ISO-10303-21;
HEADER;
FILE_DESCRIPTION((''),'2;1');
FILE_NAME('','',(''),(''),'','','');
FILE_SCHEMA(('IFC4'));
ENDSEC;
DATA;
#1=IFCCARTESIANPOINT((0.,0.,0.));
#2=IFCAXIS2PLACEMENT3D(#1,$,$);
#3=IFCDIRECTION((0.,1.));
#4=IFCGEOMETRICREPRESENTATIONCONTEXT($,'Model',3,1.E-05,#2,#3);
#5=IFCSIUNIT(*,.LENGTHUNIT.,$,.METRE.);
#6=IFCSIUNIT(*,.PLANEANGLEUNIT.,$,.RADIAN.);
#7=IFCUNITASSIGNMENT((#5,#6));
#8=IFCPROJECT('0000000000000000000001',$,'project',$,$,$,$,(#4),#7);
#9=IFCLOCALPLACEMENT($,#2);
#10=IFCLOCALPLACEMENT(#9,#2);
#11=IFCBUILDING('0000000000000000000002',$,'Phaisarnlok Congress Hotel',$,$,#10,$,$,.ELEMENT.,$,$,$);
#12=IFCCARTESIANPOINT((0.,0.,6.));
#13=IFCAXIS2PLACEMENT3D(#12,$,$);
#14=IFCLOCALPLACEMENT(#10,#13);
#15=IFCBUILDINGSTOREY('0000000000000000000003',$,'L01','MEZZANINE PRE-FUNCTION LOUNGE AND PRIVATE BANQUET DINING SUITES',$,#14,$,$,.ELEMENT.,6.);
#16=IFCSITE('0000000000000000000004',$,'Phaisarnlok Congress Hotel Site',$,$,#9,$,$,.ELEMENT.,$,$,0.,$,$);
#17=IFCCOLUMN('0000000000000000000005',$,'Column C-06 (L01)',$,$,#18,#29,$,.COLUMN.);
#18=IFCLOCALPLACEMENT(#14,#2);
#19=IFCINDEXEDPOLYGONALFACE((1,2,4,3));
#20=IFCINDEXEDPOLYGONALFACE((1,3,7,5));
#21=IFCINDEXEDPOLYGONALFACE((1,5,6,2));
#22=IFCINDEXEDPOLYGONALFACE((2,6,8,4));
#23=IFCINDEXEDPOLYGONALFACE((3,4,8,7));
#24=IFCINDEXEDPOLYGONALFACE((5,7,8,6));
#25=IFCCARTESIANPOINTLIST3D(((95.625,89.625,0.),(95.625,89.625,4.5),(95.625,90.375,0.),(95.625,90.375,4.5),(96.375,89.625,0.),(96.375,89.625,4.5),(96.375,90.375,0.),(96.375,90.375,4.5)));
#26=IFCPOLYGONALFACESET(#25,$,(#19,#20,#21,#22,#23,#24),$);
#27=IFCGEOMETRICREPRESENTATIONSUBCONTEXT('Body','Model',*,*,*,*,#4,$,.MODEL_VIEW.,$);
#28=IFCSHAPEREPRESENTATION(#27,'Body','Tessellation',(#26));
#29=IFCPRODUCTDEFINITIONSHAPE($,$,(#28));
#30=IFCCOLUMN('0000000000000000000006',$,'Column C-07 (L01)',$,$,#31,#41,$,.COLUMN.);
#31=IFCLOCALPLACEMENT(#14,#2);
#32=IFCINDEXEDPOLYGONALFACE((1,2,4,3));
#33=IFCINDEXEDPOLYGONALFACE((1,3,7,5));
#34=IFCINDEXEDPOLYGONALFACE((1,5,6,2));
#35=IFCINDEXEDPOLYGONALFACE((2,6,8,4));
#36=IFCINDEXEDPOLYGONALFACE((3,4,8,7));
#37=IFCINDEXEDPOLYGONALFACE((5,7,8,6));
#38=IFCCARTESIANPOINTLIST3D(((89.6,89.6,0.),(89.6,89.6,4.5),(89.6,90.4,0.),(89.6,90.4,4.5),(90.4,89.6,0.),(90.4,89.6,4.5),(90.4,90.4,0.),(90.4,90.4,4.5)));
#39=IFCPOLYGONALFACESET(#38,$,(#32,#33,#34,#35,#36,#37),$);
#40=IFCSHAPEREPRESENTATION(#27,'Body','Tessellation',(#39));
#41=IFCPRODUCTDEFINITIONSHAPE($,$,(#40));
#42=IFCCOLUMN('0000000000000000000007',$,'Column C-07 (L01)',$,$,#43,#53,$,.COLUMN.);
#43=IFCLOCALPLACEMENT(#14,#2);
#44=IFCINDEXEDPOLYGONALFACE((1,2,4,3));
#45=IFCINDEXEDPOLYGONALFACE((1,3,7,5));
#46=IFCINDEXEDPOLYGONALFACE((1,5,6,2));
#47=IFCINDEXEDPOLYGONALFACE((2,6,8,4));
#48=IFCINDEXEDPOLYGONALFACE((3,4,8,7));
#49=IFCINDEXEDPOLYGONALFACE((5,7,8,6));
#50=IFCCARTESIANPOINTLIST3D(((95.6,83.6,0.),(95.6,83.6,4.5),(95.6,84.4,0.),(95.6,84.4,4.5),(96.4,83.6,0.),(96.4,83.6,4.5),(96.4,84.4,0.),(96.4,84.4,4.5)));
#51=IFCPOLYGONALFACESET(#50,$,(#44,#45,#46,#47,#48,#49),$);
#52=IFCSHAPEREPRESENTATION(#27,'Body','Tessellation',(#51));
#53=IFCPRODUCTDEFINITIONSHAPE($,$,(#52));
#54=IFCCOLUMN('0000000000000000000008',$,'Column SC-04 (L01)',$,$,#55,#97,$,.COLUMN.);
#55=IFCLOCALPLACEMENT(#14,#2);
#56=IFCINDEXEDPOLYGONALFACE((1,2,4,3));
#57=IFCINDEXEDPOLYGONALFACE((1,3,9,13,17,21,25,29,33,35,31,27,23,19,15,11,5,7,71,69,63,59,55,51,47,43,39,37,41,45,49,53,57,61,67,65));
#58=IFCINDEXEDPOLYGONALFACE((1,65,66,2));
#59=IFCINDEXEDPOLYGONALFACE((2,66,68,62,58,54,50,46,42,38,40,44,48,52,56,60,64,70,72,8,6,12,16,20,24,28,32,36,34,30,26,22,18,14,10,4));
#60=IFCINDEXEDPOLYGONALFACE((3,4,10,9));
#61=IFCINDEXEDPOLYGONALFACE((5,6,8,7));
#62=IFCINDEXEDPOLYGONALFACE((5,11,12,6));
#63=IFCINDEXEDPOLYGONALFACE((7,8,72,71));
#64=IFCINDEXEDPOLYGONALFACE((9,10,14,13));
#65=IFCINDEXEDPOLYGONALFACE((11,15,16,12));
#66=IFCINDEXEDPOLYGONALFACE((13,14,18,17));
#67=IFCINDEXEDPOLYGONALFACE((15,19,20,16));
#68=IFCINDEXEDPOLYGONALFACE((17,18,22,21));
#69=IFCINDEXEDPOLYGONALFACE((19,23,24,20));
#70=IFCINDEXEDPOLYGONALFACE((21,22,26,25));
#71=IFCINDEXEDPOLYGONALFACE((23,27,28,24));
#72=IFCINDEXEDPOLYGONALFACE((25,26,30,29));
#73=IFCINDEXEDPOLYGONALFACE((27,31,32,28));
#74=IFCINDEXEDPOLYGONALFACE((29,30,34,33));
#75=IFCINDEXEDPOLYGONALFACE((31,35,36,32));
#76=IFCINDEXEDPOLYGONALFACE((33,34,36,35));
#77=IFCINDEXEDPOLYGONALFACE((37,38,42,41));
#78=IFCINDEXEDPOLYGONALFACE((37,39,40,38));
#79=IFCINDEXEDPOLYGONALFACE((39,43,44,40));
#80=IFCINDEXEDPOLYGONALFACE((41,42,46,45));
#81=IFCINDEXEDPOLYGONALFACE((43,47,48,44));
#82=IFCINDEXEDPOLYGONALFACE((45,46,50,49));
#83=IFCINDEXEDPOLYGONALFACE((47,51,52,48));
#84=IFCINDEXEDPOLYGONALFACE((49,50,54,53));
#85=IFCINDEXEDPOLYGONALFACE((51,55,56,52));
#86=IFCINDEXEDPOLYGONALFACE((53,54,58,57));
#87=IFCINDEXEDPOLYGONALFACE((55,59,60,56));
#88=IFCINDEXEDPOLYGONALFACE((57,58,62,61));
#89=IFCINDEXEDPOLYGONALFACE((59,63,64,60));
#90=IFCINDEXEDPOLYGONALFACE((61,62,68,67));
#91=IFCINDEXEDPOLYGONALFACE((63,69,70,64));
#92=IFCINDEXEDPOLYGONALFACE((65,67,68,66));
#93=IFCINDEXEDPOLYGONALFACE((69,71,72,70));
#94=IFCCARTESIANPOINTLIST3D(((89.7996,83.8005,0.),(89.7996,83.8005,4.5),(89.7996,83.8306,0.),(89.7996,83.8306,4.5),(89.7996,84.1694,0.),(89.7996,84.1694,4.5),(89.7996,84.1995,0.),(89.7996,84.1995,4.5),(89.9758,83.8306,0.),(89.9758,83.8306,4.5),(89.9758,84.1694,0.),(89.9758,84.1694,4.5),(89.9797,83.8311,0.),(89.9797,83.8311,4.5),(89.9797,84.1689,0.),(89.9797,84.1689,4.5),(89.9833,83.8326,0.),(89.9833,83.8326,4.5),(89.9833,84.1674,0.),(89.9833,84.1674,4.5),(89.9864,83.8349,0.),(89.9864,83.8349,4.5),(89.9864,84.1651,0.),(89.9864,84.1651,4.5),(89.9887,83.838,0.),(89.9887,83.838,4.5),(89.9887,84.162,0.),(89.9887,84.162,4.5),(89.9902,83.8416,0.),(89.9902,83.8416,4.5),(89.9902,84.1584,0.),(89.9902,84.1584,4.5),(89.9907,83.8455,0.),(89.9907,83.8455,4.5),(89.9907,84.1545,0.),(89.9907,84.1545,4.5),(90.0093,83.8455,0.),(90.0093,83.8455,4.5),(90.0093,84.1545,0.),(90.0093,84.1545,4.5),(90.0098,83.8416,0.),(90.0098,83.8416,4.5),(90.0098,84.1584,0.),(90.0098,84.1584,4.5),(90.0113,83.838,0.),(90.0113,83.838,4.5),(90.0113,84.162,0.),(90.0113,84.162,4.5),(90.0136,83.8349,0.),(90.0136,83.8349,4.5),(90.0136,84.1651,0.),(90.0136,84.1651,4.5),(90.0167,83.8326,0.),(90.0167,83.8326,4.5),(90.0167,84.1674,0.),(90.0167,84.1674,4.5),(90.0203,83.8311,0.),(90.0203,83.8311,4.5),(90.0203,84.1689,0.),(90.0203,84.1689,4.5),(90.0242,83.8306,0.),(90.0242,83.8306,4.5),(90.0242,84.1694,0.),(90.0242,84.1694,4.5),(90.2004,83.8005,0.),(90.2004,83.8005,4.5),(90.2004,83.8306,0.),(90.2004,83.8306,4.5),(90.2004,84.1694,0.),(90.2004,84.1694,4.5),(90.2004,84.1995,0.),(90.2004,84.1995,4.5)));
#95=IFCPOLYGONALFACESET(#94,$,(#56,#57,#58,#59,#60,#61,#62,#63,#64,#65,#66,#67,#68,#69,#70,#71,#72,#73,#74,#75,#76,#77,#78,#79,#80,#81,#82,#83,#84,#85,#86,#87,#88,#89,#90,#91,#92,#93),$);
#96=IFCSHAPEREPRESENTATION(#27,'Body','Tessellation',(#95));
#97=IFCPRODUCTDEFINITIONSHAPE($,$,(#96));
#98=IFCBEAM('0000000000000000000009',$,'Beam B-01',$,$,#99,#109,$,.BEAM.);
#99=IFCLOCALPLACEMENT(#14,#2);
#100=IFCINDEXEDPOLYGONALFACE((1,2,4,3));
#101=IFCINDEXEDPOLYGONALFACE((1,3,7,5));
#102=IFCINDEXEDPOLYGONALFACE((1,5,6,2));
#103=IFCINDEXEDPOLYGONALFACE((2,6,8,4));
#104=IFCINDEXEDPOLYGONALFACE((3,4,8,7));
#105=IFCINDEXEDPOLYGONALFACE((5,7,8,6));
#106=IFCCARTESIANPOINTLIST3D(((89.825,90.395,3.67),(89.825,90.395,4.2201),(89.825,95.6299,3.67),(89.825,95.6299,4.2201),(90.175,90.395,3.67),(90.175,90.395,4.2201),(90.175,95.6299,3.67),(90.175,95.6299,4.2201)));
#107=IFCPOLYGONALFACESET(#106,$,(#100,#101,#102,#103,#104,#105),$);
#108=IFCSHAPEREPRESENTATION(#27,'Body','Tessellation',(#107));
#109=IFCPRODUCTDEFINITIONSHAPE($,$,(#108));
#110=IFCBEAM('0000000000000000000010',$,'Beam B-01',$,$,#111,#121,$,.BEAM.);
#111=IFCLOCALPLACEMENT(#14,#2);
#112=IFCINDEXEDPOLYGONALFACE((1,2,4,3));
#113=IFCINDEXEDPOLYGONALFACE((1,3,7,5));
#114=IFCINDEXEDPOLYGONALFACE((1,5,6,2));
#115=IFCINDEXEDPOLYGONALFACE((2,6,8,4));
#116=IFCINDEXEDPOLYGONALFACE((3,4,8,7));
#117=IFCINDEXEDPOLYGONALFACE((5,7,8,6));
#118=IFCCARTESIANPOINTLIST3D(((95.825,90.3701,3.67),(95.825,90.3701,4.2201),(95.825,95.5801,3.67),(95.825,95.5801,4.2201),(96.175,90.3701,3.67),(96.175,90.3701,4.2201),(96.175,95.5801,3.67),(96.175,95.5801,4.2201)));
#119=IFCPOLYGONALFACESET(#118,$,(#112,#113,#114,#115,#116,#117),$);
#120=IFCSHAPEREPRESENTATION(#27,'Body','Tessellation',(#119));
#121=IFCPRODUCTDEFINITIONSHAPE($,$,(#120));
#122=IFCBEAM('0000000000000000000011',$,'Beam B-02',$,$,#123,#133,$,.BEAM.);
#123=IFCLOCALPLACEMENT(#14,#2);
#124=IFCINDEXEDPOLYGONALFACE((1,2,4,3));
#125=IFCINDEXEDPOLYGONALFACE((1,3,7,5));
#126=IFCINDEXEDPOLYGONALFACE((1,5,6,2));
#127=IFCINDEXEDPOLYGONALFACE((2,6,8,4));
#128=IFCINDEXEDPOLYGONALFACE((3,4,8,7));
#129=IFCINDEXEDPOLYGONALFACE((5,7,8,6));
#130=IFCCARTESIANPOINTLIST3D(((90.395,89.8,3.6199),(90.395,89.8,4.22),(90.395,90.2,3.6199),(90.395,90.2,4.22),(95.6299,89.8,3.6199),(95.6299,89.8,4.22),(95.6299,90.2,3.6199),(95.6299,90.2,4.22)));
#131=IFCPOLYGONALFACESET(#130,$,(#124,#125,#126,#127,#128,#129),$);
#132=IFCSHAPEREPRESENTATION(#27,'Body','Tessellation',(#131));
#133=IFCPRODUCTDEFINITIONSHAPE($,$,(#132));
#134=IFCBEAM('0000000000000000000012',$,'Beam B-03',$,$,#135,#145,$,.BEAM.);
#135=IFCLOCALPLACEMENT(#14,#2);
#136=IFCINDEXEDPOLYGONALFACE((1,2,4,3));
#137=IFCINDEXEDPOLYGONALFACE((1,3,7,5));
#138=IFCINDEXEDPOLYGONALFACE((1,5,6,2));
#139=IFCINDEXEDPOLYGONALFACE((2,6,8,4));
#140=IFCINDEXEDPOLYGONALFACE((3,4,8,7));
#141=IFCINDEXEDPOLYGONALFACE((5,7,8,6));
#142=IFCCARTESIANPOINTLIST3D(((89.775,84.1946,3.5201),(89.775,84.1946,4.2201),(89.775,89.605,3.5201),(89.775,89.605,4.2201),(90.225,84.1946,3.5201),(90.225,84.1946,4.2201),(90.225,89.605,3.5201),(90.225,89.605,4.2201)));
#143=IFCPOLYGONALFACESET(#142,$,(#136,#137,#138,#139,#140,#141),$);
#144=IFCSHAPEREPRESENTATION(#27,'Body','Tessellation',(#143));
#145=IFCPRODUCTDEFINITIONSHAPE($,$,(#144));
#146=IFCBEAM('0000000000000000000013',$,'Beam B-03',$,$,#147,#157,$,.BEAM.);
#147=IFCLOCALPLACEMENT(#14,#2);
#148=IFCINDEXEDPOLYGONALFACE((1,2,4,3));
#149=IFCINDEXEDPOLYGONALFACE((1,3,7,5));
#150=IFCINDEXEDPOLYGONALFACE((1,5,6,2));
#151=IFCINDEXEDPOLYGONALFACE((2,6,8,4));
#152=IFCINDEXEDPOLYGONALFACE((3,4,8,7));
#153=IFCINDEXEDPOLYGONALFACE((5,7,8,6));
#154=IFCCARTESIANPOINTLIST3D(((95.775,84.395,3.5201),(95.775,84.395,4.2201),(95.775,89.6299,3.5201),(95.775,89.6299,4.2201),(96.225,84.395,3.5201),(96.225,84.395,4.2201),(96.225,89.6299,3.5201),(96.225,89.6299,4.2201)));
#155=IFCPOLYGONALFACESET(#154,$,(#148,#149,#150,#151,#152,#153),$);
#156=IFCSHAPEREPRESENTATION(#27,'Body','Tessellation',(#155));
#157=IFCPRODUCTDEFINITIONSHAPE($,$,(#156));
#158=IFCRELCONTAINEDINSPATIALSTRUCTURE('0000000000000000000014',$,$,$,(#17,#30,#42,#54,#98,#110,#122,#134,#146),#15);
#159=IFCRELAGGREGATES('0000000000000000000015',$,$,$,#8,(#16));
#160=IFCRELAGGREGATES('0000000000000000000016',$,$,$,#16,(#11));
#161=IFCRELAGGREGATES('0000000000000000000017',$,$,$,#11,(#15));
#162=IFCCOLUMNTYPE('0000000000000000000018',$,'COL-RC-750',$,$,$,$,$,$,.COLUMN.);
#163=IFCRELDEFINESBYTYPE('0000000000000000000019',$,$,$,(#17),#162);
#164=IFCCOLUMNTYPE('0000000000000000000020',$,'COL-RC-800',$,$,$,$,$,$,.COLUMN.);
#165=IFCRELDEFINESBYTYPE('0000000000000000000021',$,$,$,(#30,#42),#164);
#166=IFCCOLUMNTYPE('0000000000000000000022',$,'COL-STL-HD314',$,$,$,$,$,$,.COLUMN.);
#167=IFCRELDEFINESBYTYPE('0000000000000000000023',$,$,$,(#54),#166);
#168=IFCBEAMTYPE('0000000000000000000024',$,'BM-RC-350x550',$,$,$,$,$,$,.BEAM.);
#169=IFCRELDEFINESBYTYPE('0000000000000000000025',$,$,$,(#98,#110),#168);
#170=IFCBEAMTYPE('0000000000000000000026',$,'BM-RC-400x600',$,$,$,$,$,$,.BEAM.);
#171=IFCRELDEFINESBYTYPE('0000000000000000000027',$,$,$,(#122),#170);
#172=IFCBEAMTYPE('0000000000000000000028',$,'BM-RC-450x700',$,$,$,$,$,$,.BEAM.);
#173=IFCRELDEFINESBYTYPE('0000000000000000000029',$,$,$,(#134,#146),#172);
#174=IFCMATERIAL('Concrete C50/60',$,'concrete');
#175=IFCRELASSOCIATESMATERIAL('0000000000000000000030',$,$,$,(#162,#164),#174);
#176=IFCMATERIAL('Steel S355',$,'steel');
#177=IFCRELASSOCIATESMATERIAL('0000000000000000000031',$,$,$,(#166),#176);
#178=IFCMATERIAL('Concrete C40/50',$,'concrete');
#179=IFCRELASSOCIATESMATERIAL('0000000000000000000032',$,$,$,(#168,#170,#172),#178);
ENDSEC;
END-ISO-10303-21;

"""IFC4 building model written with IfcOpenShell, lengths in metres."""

from ifc_helpers import new_model, si_unit, direction, frame, origin, origin_2d, place, context, subcontext, project, spatial, rectangle, i_section, extrude, material, material_profile, profile_set, type_object, element, save


model = new_model("IFC4")

# Units and contexts
model_context = context("Model", 3, precision=1e-05, world=origin(), true_north=direction((0.0, 1.0)))
body_context = subcontext(model_context, "Body", "Model", "MODEL_VIEW")
ifc_project = project(units=[si_unit("LENGTHUNIT", "METRE"), si_unit("PLANEANGLEUNIT", "RADIAN")], contexts=[model_context])

# Site, building, storey
site_placement = place(None, origin())
site = spatial("IfcSite", under=ifc_project, at=site_placement, Name="Phaisarnlok Congress Hotel Site", CompositionType="ELEMENT", RefElevation=0.0)
building_placement = place(site_placement, origin())
building = spatial("IfcBuilding", under=site, at=building_placement, Name="Phaisarnlok Congress Hotel", CompositionType="ELEMENT")
storey_placement = place(building_placement, frame((0.0, 0.0, 6.0)))
storey = spatial("IfcBuildingStorey", under=building, at=storey_placement, Name="L01", Description="MEZZANINE PRE-FUNCTION LOUNGE AND PRIVATE BANQUET DINING SUITES", CompositionType="ELEMENT", Elevation=6.0)

# Columns
ifc_material_1 = material(Name="Concrete C50/60", Category="concrete")
ifc_material_profile_1 = material_profile(ifc_material_1, rectangle(XDim=0.75, YDim=0.75, at=origin_2d()), Name="RC 750x750")
ifc_profile_set_1 = profile_set([ifc_material_profile_1], Name="Concrete C50/60")
column_type_1 = type_object("IfcColumnType", Name="COL-RC-750", PredefinedType="COLUMN", material=ifc_profile_set_1)
column_1_placement = place(storey_placement, frame((96.0, 90.0, 0.0), z_axis=(0.0, 0.0, 1.0), x_axis=(1.0, 0.0, 0.0)))
element("IfcColumn", 1, at=column_1_placement, inside=storey, type_object=column_type_1, Name="Column C-06 (L01)", PredefinedType="COLUMN", context=body_context, shape_type="SweptSolid", body=[
    extrude(rectangle(XDim=0.75, YDim=0.75, at=origin_2d()), origin(), (0.0, 0.0, 1.0), 4.5),
])
ifc_material_profile_2 = material_profile(ifc_material_1, rectangle(XDim=0.8, YDim=0.8, at=origin_2d()), Name="RC 800x800")
ifc_profile_set_2 = profile_set([ifc_material_profile_2], Name="Concrete C50/60")
column_type_2 = type_object("IfcColumnType", Name="COL-RC-800", PredefinedType="COLUMN", material=ifc_profile_set_2)
for number, where, z_axis, x_axis, name in (
    (2, (90.0, 90.0, 0.0), (0.0, 0.0, 1.0), (1.0, 0.0, 0.0), "Column C-07 (L01)"),
    (3, (96.0, 84.0, 0.0), (0.0, 0.0, 1.0), (1.0, 0.0, 0.0), "Column C-07 (L01)"),
):
    element("IfcColumn", number, at=place(storey_placement, frame(where, z_axis=z_axis, x_axis=x_axis)), inside=storey, type_object=column_type_2, Name=name, PredefinedType="COLUMN", context=body_context, shape_type="SweptSolid", body=[
        extrude(rectangle(XDim=0.8, YDim=0.8, at=origin_2d()), origin(), (0.0, 0.0, 1.0), 4.5),
    ])
ifc_material_2 = material(Name="Steel S355", Category="steel")
ifc_material_profile_3 = material_profile(ifc_material_2, i_section(OverallWidth=0.4009, OverallDepth=0.3989, WebThickness=0.0186, FlangeThickness=0.03, FilletRadius=0.0149, at=origin_2d()), Name="HD 400x314")
ifc_profile_set_3 = profile_set([ifc_material_profile_3], Name="Steel S355")
column_type_3 = type_object("IfcColumnType", Name="COL-STL-HD314", PredefinedType="COLUMN", material=ifc_profile_set_3)
column_2_placement = place(storey_placement, frame((90.0, 84.0, 0.0), z_axis=(0.0, 0.0, 1.0), x_axis=(1.0, 0.0, 0.0)))
element("IfcColumn", 4, at=column_2_placement, inside=storey, type_object=column_type_3, Name="Column SC-04 (L01)", PredefinedType="COLUMN", context=body_context, shape_type="SweptSolid", body=[
    extrude(i_section(OverallWidth=0.4009, OverallDepth=0.3989, WebThickness=0.0186, FlangeThickness=0.03, FilletRadius=0.0149, at=origin_2d()), origin(), (0.0, 0.0, 1.0), 4.5),
])

# Beams
ifc_material_3 = material(Name="Concrete C40/50", Category="concrete")
ifc_material_profile_4 = material_profile(ifc_material_3, rectangle(XDim=0.3501, YDim=0.55, at=origin_2d()), Name="RC 350x550")
ifc_profile_set_4 = profile_set([ifc_material_profile_4], Name="Concrete C40/50")
beam_type_1 = type_object("IfcBeamType", Name="BM-RC-350x550", PredefinedType="BEAM", material=ifc_profile_set_4)
beam_1_placement = place(storey_placement, frame((90.0, 90.395, 3.9451), z_axis=(0.0, 1.0, 0.0), x_axis=(-1.0, 0.0, 0.0)))
element("IfcBeam", 5, at=beam_1_placement, inside=storey, type_object=beam_type_1, Name="Beam B-01", PredefinedType="BEAM", context=body_context, shape_type="SweptSolid", body=[
    extrude(rectangle(XDim=0.3501, YDim=0.55, at=origin_2d()), origin(), (0.0, 0.0, 1.0), 5.2349),
])
beam_2_placement = place(storey_placement, frame((96.0, 90.3701, 3.9451), z_axis=(0.0, 1.0, 0.0), x_axis=(-1.0, 0.0, 0.0)))
element("IfcBeam", 6, at=beam_2_placement, inside=storey, type_object=beam_type_1, Name="Beam B-01", PredefinedType="BEAM", context=body_context, shape_type="SweptSolid", body=[
    extrude(rectangle(XDim=0.3501, YDim=0.55, at=origin_2d()), origin(), (0.0, 0.0, 1.0), 5.21),
])
ifc_material_profile_5 = material_profile(ifc_material_3, rectangle(XDim=0.3999, YDim=0.6001, at=origin_2d()), Name="RC 400x600")
ifc_profile_set_5 = profile_set([ifc_material_profile_5], Name="Concrete C40/50")
beam_type_2 = type_object("IfcBeamType", Name="BM-RC-400x600", PredefinedType="BEAM", material=ifc_profile_set_5)
beam_3_placement = place(storey_placement, frame((90.395, 90.0, 3.9199), z_axis=(1.0, 0.0, 0.0), x_axis=(0.0, 1.0, 0.0)))
element("IfcBeam", 7, at=beam_3_placement, inside=storey, type_object=beam_type_2, Name="Beam B-02", PredefinedType="BEAM", context=body_context, shape_type="SweptSolid", body=[
    extrude(rectangle(XDim=0.3999, YDim=0.6001, at=origin_2d()), origin(), (0.0, 0.0, 1.0), 5.2349),
])
ifc_material_profile_6 = material_profile(ifc_material_3, rectangle(XDim=0.45, YDim=0.7, at=origin_2d()), Name="RC 450x700")
ifc_profile_set_6 = profile_set([ifc_material_profile_6], Name="Concrete C40/50")
beam_type_3 = type_object("IfcBeamType", Name="BM-RC-450x700", PredefinedType="BEAM", material=ifc_profile_set_6)
beam_4_placement = place(storey_placement, frame((90.0, 84.1946, 3.8701), z_axis=(0.0, 1.0, 0.0), x_axis=(-1.0, 0.0, 0.0)))
element("IfcBeam", 8, at=beam_4_placement, inside=storey, type_object=beam_type_3, Name="Beam B-03", PredefinedType="BEAM", context=body_context, shape_type="SweptSolid", body=[
    extrude(rectangle(XDim=0.45, YDim=0.7, at=origin_2d()), origin(), (0.0, 0.0, 1.0), 5.4104),
])
beam_5_placement = place(storey_placement, frame((96.0, 84.395, 3.8701), z_axis=(0.0, 1.0, 0.0), x_axis=(-1.0, 0.0, 0.0)))
element("IfcBeam", 9, at=beam_5_placement, inside=storey, type_object=beam_type_3, Name="Beam B-03", PredefinedType="BEAM", context=body_context, shape_type="SweptSolid", body=[
    extrude(rectangle(XDim=0.45, YDim=0.7, at=origin_2d()), origin(), (0.0, 0.0, 1.0), 5.2349),
])

save(model, "model.ifc")
